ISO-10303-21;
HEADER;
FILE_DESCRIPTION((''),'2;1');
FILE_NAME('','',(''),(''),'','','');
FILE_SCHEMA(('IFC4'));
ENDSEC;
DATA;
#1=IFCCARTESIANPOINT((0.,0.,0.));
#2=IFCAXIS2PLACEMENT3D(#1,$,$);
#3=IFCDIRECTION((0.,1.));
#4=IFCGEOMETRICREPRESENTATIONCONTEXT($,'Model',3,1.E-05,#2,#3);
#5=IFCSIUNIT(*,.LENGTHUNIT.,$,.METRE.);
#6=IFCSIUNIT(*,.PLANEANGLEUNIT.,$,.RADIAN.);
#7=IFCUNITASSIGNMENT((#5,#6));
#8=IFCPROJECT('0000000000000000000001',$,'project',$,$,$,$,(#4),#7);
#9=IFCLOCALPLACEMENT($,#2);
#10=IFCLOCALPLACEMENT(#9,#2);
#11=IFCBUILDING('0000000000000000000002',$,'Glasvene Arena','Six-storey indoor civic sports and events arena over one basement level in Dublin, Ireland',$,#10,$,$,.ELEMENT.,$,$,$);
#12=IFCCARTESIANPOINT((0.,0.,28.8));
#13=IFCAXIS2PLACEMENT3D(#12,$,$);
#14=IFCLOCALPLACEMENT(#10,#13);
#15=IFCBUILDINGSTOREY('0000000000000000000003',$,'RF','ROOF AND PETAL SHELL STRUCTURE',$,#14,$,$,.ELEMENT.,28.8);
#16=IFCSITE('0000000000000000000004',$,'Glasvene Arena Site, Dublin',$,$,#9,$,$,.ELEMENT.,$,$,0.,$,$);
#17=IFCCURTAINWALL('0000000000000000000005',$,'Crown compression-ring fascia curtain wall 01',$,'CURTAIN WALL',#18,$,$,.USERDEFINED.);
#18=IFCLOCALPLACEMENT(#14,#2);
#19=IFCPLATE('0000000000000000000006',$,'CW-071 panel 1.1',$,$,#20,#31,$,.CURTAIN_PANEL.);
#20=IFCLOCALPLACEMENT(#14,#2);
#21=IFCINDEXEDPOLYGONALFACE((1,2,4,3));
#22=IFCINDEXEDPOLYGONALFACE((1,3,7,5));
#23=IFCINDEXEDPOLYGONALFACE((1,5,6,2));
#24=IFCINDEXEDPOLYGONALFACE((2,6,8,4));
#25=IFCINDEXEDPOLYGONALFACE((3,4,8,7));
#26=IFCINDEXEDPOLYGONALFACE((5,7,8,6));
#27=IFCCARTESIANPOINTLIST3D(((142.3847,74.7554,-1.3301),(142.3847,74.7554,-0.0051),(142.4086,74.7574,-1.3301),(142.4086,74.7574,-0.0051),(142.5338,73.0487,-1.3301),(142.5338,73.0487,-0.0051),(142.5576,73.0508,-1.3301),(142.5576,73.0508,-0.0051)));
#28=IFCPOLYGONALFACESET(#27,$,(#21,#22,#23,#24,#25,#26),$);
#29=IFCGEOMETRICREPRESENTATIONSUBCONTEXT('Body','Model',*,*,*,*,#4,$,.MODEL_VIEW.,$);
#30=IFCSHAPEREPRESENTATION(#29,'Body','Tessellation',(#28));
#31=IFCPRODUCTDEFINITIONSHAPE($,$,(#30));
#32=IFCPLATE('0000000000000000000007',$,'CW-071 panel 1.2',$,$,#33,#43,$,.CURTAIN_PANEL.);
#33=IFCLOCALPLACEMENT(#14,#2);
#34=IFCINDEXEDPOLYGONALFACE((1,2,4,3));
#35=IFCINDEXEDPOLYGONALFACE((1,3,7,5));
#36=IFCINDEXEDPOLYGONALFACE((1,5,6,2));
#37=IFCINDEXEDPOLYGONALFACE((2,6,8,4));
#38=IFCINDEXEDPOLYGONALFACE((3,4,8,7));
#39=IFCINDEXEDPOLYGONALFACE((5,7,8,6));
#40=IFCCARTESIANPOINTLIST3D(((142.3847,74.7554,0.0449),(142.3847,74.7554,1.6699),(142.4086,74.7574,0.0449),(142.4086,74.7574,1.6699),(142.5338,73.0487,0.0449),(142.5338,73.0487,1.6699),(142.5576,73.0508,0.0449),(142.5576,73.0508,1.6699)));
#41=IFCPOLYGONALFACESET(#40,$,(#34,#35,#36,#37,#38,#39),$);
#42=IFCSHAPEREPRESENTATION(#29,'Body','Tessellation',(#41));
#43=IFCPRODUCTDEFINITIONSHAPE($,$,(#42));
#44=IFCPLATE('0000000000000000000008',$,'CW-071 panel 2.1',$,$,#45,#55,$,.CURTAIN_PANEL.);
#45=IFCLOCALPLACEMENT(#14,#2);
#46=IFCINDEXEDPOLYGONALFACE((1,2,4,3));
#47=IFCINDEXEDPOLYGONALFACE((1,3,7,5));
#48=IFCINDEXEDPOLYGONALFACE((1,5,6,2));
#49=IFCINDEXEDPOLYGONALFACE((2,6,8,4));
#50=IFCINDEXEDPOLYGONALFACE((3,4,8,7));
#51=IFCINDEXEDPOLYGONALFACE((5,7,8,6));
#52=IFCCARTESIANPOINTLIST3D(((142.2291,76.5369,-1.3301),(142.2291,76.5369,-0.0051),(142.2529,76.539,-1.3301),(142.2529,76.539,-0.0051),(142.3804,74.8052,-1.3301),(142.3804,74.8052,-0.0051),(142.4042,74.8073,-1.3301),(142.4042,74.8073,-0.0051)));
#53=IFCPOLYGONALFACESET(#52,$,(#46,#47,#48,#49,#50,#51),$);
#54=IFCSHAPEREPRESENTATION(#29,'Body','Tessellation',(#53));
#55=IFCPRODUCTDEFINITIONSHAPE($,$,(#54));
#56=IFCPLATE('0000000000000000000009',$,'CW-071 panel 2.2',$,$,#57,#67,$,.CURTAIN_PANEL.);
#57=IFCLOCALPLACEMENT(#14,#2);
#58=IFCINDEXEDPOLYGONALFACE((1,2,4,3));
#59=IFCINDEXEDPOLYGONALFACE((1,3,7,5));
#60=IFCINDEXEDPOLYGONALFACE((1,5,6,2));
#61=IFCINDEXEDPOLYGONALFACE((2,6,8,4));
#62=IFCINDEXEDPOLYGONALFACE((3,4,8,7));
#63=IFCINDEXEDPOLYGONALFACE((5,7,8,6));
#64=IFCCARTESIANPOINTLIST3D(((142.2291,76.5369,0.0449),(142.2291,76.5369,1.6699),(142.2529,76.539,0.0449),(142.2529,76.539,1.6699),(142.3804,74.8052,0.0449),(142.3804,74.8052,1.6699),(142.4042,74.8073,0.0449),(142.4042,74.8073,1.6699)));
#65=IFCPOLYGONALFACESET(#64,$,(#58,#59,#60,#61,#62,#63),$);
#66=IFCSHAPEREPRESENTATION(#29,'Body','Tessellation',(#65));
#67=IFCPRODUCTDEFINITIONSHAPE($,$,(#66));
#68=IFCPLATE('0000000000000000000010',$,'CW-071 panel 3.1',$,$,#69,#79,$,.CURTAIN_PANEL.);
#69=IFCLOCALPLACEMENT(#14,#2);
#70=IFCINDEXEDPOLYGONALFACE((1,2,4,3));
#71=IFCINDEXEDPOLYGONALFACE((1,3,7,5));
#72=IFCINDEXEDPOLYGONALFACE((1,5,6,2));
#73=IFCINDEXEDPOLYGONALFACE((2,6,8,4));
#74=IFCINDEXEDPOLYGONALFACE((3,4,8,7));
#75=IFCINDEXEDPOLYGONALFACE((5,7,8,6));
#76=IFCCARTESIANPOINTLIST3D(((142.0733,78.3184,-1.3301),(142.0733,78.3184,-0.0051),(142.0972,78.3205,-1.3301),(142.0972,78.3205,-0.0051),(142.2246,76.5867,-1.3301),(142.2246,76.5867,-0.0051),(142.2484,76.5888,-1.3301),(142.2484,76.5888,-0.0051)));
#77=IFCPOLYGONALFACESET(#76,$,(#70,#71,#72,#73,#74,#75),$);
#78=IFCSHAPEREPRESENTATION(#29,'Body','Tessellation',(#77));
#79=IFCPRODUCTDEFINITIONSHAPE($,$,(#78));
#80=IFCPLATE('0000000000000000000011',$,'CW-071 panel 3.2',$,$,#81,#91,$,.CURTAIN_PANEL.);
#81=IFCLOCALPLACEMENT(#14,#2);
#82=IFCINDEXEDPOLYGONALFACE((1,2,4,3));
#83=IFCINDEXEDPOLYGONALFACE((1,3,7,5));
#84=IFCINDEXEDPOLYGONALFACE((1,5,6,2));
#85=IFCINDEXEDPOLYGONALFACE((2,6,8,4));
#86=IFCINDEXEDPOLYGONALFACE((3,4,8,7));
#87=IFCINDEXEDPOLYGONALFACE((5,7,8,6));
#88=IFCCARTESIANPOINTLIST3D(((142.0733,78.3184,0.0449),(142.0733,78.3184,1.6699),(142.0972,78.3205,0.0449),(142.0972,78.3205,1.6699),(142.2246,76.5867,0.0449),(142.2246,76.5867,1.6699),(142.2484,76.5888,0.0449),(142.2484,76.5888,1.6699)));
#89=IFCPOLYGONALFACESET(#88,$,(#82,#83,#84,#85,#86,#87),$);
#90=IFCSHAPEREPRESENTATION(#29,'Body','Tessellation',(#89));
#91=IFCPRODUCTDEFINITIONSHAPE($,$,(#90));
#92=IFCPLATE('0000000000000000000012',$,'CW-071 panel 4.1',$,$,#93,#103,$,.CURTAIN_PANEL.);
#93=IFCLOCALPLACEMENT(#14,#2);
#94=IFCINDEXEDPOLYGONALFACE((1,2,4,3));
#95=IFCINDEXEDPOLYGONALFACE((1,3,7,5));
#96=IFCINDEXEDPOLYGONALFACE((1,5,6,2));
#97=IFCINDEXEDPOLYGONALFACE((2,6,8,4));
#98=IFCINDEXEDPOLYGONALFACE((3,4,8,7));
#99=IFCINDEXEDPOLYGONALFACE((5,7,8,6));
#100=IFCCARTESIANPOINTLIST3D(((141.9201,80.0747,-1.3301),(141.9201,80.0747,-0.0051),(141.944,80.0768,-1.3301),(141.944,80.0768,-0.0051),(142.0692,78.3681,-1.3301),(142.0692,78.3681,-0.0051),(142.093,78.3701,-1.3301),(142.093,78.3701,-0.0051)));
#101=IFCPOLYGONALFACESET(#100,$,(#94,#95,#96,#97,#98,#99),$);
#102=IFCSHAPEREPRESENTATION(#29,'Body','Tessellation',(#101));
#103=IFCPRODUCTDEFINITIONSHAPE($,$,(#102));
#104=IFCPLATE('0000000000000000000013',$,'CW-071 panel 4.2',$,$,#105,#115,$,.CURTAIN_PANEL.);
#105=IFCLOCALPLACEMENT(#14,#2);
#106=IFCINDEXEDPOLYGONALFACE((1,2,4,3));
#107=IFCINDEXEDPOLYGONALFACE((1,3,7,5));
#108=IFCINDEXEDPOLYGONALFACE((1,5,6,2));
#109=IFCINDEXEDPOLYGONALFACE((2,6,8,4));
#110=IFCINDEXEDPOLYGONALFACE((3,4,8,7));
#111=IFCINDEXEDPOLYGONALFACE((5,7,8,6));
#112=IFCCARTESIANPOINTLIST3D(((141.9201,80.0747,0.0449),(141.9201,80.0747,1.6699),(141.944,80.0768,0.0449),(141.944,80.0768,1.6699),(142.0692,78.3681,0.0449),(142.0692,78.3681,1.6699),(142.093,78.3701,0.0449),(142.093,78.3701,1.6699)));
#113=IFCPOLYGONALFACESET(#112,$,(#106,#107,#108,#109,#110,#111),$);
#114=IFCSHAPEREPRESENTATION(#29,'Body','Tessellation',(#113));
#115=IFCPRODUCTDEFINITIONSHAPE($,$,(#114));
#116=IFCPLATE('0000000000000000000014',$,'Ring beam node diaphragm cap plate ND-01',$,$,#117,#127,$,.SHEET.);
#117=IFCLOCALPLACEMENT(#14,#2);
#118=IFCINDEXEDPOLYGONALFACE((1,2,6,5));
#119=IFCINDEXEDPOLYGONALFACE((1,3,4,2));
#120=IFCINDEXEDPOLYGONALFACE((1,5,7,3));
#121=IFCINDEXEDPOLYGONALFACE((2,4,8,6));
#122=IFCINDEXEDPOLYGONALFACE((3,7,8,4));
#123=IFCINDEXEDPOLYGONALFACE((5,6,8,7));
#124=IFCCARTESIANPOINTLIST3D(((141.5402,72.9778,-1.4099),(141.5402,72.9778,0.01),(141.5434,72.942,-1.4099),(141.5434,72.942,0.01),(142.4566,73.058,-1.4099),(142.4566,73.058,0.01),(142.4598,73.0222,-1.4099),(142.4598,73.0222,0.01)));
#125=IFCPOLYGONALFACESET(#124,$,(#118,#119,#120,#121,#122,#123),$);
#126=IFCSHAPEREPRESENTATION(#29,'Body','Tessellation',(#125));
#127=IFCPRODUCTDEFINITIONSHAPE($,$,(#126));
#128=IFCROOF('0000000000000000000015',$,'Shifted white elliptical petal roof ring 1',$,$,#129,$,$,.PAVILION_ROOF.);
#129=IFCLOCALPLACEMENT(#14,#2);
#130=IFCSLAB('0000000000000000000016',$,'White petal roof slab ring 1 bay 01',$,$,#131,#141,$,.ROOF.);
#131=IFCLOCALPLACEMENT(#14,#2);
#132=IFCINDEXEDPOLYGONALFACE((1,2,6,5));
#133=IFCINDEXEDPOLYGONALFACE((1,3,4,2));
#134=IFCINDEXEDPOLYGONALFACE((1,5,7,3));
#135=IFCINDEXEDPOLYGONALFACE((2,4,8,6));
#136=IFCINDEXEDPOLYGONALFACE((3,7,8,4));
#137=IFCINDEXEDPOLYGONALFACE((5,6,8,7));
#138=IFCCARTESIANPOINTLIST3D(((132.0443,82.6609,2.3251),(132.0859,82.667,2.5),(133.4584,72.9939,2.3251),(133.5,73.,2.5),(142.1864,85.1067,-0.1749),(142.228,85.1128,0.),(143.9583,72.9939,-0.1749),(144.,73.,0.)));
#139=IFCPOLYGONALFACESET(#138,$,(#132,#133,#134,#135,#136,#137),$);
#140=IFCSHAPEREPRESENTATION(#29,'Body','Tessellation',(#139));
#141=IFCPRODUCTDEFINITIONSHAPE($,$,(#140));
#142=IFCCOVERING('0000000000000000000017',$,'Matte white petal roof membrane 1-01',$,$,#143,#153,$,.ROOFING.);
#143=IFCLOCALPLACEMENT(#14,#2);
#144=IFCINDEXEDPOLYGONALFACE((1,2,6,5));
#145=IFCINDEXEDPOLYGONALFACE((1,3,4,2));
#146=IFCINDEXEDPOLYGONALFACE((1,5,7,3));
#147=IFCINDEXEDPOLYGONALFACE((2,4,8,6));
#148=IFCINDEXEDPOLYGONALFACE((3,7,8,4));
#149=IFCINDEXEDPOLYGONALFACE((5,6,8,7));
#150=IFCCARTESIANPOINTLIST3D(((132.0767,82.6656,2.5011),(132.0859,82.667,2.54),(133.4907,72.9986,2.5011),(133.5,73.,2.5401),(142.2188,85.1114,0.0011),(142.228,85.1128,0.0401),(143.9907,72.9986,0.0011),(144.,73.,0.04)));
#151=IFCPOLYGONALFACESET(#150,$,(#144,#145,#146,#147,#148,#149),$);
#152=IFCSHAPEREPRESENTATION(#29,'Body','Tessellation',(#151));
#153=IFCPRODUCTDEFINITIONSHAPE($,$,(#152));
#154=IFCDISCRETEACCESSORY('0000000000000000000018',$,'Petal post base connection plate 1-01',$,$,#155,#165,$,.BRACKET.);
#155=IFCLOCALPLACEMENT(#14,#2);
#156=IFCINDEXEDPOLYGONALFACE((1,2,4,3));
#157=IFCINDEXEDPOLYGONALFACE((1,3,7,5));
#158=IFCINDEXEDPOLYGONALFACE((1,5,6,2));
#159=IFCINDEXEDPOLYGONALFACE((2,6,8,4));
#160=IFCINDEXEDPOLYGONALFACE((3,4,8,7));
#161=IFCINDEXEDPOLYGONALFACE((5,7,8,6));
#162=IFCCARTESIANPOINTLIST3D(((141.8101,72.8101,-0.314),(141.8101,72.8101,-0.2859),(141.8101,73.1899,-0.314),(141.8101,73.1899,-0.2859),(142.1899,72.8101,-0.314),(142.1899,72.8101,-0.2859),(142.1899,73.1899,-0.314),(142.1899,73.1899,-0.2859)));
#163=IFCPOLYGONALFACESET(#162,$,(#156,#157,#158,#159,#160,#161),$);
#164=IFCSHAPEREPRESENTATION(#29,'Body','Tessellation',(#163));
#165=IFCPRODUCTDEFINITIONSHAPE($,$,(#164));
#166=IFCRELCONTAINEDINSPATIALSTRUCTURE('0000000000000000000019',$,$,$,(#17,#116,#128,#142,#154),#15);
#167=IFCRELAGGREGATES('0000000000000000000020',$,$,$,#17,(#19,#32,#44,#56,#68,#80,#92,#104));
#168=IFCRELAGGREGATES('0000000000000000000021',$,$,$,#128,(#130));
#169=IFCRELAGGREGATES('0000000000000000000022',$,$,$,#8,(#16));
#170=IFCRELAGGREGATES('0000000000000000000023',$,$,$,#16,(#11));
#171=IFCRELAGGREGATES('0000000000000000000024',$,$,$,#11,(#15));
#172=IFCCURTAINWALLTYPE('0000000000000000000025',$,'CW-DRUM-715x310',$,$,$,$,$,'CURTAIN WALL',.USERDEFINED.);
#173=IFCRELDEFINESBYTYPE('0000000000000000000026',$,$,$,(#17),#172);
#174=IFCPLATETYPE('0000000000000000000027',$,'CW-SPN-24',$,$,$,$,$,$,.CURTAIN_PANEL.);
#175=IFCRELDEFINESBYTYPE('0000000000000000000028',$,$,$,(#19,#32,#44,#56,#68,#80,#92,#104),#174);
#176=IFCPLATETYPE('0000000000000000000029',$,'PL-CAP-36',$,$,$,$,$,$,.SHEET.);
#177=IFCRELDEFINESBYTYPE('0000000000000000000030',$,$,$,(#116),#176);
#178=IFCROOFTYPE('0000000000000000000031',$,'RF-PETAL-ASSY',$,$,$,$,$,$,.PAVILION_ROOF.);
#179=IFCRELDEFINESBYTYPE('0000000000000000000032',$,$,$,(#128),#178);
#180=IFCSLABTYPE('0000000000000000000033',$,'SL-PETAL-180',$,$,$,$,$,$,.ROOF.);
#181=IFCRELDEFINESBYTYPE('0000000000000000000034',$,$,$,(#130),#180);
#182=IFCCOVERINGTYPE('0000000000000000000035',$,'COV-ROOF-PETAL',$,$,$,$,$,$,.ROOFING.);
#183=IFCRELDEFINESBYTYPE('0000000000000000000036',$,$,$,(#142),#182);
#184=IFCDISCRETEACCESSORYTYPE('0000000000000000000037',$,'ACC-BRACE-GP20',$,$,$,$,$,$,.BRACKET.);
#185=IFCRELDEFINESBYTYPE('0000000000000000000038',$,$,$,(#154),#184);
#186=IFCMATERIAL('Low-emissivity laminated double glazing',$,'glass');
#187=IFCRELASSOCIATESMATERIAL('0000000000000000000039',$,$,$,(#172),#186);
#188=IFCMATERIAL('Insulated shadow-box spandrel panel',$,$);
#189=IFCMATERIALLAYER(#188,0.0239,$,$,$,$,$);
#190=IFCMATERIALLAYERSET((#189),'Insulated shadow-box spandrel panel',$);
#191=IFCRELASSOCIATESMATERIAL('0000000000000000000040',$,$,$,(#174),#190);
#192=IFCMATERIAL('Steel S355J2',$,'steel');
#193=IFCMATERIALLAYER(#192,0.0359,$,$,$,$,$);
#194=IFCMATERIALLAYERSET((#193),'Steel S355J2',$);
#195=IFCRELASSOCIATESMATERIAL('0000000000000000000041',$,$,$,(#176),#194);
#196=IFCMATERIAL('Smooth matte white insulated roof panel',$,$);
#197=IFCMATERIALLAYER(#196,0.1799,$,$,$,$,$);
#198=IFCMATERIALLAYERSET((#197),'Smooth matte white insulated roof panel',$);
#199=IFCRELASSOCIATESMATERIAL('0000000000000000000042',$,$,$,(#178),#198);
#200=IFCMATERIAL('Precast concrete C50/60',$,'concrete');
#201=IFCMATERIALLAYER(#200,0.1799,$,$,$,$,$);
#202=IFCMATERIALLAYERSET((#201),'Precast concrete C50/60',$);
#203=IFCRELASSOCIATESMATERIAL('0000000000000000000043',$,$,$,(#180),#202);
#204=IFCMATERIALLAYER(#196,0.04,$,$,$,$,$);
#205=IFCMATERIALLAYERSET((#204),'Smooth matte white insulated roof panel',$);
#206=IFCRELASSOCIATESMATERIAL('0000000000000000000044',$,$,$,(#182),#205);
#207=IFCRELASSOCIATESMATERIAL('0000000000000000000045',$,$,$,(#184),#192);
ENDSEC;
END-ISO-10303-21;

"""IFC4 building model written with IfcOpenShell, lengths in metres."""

from ifc_helpers import new_model, si_unit, direction, frame, origin, origin_2d, place, context, subcontext, project, spatial, polyline, rectangle, outline, extrude, material, layer, layer_set, type_object, element, aggregate, save


model = new_model("IFC4")

# Units and contexts
model_context = context("Model", 3, precision=1e-05, world=origin(), true_north=direction((0.0, 1.0)))
body_context = subcontext(model_context, "Body", "Model", "MODEL_VIEW")
ifc_project = project(units=[si_unit("LENGTHUNIT", "METRE"), si_unit("PLANEANGLEUNIT", "RADIAN")], contexts=[model_context])

# Site, building, storey
site_placement = place(None, origin())
site = spatial("IfcSite", under=ifc_project, at=site_placement, Name="Glasvene Arena Site, Dublin", CompositionType="ELEMENT", RefElevation=0.0)
building_placement = place(site_placement, origin())
building = spatial("IfcBuilding", under=site, at=building_placement, Name="Glasvene Arena", Description="Six-storey indoor civic sports and events arena over one basement level in Dublin, Ireland", CompositionType="ELEMENT")
storey_placement = place(building_placement, frame((0.0, 0.0, 28.8)))
storey = spatial("IfcBuildingStorey", under=building, at=storey_placement, Name="RF", Description="ROOF AND PETAL SHELL STRUCTURE", CompositionType="ELEMENT", Elevation=28.8)

# Shared definitions
ifc_material_1 = material(Name="Steel S355J2", Category="steel")

# Curtain wall
ifc_material_2 = material(Name="Low-emissivity laminated double glazing", Category="glass")
curtain_wall_type_1 = type_object("IfcCurtainWallType", Name="CW-DRUM-715x310", ElementType="CURTAIN WALL", PredefinedType="USERDEFINED", material=ifc_material_2)
curtain_wall_1_placement = place(storey_placement, frame((142.55, 73.0, 0.0)))
curtain_wall_1 = element("IfcCurtainWall", 1, at=curtain_wall_1_placement, inside=storey, type_object=curtain_wall_type_1, Name="Crown compression-ring fascia curtain wall 01", ObjectType="CURTAIN WALL", PredefinedType="USERDEFINED")

# Plates
ifc_material_3 = material(Name="Insulated shadow-box spandrel panel")
ifc_layer_1 = layer(ifc_material_3, 0.0239)
ifc_layer_set_1 = layer_set([ifc_layer_1], Name="Insulated shadow-box spandrel panel")
plate_type_1 = type_object("IfcPlateType", Name="CW-SPN-24", PredefinedType="CURTAIN_PANEL", material=ifc_layer_set_1)
plate_1_placement = place(storey_placement, frame((142.4712, 73.9031, -1.3301), z_axis=(0.0, 0.0, 1.0), x_axis=(-0.087016, 0.996207, 0.0)))
plate_1 = element("IfcPlate", 2, at=plate_1_placement, type_object=plate_type_1, Name="CW-071 panel 1.1", PredefinedType="CURTAIN_PANEL", context=body_context, shape_type="SweptSolid", body=[
    extrude(rectangle(XDim=1.7131, YDim=0.0239, at=origin_2d()), origin(), (0.0, 0.0, 1.0), 1.325),
])
plate_2_placement = place(storey_placement, frame((142.4712, 73.9031, 0.0449), z_axis=(0.0, 0.0, 1.0), x_axis=(-0.087016, 0.996207, 0.0)))
plate_2 = element("IfcPlate", 3, at=plate_2_placement, type_object=plate_type_1, Name="CW-071 panel 1.2", PredefinedType="CURTAIN_PANEL", context=body_context, shape_type="SweptSolid", body=[
    extrude(rectangle(XDim=1.7131, YDim=0.0239, at=origin_2d()), origin(), (0.0, 0.0, 1.0), 1.625),
])
plate_3_placement = place(storey_placement, frame((142.3167, 75.6721, -1.3301), z_axis=(0.0, 0.0, 1.0), x_axis=(-0.087016, 0.996207, 0.0)))
plate_3 = element("IfcPlate", 4, at=plate_3_placement, type_object=plate_type_1, Name="CW-071 panel 2.1", PredefinedType="CURTAIN_PANEL", context=body_context, shape_type="SweptSolid", body=[
    extrude(rectangle(XDim=1.7383, YDim=0.0239, at=origin_2d()), origin(), (0.0, 0.0, 1.0), 1.325),
])
plate_4_placement = place(storey_placement, frame((142.3167, 75.6721, 0.0449), z_axis=(0.0, 0.0, 1.0), x_axis=(-0.087016, 0.996207, 0.0)))
plate_4 = element("IfcPlate", 5, at=plate_4_placement, type_object=plate_type_1, Name="CW-071 panel 2.2", PredefinedType="CURTAIN_PANEL", context=body_context, shape_type="SweptSolid", body=[
    extrude(rectangle(XDim=1.7383, YDim=0.0239, at=origin_2d()), origin(), (0.0, 0.0, 1.0), 1.625),
])
plate_5_placement = place(storey_placement, frame((142.1609, 77.4536, -1.3301), z_axis=(0.0, 0.0, 1.0), x_axis=(-0.087016, 0.996207, 0.0)))
plate_5 = element("IfcPlate", 6, at=plate_5_placement, type_object=plate_type_1, Name="CW-071 panel 3.1", PredefinedType="CURTAIN_PANEL", context=body_context, shape_type="SweptSolid", body=[
    extrude(rectangle(XDim=1.7383, YDim=0.0239, at=origin_2d()), origin(), (0.0, 0.0, 1.0), 1.325),
])
plate_6_placement = place(storey_placement, frame((142.1609, 77.4536, 0.0449), z_axis=(0.0, 0.0, 1.0), x_axis=(-0.087016, 0.996207, 0.0)))
plate_6 = element("IfcPlate", 7, at=plate_6_placement, type_object=plate_type_1, Name="CW-071 panel 3.2", PredefinedType="CURTAIN_PANEL", context=body_context, shape_type="SweptSolid", body=[
    extrude(rectangle(XDim=1.7383, YDim=0.0239, at=origin_2d()), origin(), (0.0, 0.0, 1.0), 1.625),
])
plate_7_placement = place(storey_placement, frame((142.0066, 79.2224, -1.3301), z_axis=(0.0, 0.0, 1.0), x_axis=(-0.087016, 0.996207, 0.0)))
plate_7 = element("IfcPlate", 8, at=plate_7_placement, type_object=plate_type_1, Name="CW-071 panel 4.1", PredefinedType="CURTAIN_PANEL", context=body_context, shape_type="SweptSolid", body=[
    extrude(rectangle(XDim=1.7131, YDim=0.0239, at=origin_2d()), origin(), (0.0, 0.0, 1.0), 1.325),
])
plate_8_placement = place(storey_placement, frame((142.0066, 79.2224, 0.0449), z_axis=(0.0, 0.0, 1.0), x_axis=(-0.087016, 0.996207, 0.0)))
plate_8 = element("IfcPlate", 9, at=plate_8_placement, type_object=plate_type_1, Name="CW-071 panel 4.2", PredefinedType="CURTAIN_PANEL", context=body_context, shape_type="SweptSolid", body=[
    extrude(rectangle(XDim=1.7131, YDim=0.0239, at=origin_2d()), origin(), (0.0, 0.0, 1.0), 1.625),
])
aggregate(curtain_wall_1, [plate_1, plate_2, plate_3, plate_4, plate_5, plate_6, plate_7, plate_8])
ifc_layer_2 = layer(ifc_material_1, 0.0359)
ifc_layer_set_2 = layer_set([ifc_layer_2], Name="Steel S355J2")
plate_type_2 = type_object("IfcPlateType", Name="PL-CAP-36", PredefinedType="SHEET", material=ifc_layer_set_2)
plate_9_placement = place(storey_placement, frame((142.0, 73.0, -1.4099), z_axis=(0.0, 0.0, 1.0), x_axis=(-0.087156, 0.996195, 0.0)))
element("IfcPlate", 10, at=plate_9_placement, inside=storey, type_object=plate_type_2, Name="Ring beam node diaphragm cap plate ND-01", PredefinedType="SHEET", context=body_context, shape_type="SweptSolid", body=[
    extrude(rectangle(XDim=0.0359, YDim=0.9199, at=origin_2d()), origin(), (0.0, 0.0, 1.0), 1.4199),
])

# Roof, slab
ifc_material_4 = material(Name="Smooth matte white insulated roof panel")
ifc_layer_3 = layer(ifc_material_4, 0.1799)
ifc_layer_set_3 = layer_set([ifc_layer_3], Name="Smooth matte white insulated roof panel")
roof_type = type_object("IfcRoofType", Name="RF-PETAL-ASSY", PredefinedType="PAVILION_ROOF", material=ifc_layer_set_3)
roof_placement = place(storey_placement, frame((92.0, 73.0, 0.0)))
roof = element("IfcRoof", 11, at=roof_placement, inside=storey, type_object=roof_type, Name="Shifted white elliptical petal roof ring 1", PredefinedType="PAVILION_ROOF")
ifc_material_5 = material(Name="Precast concrete C50/60", Category="concrete")
ifc_layer_4 = layer(ifc_material_5, 0.1799)
ifc_layer_set_4 = layer_set([ifc_layer_4], Name="Precast concrete C50/60")
slab_type = type_object("IfcSlabType", Name="SL-PETAL-180", PredefinedType="ROOF", material=ifc_layer_set_4)
slab_placement = place(storey_placement, frame((144.0, 73.0, 0.0), z_axis=(0.231489, 0.033863, 0.972248), x_axis=(-0.144748, 0.989468, 0.000001)))
slab = element("IfcSlab", 12, at=slab_placement, type_object=slab_type, Name="White petal roof slab ring 1 bay 01", PredefinedType="ROOF", context=body_context, shape_type="SweptSolid", body=[
    extrude(outline(polyline([(0.0, 0.0), (12.2417, 0.0), (11.2897, 10.6859), (1.5199, 10.686), (0.0, 0.0)])), origin(), (0.0, 0.0, -1.0), 0.1799),
])
aggregate(roof, [slab])

# Covering
ifc_layer_5 = layer(ifc_material_4, 0.04)
ifc_layer_set_5 = layer_set([ifc_layer_5], Name="Smooth matte white insulated roof panel")
covering_type = type_object("IfcCoveringType", Name="COV-ROOF-PETAL", PredefinedType="ROOFING", material=ifc_layer_set_5)
covering_placement = place(storey_placement, frame((144.0, 73.0, 0.04), z_axis=(0.231489, 0.033863, 0.972248), x_axis=(-0.144748, 0.989468, 0.000001)))
element("IfcCovering", 13, at=covering_placement, inside=storey, type_object=covering_type, Name="Matte white petal roof membrane 1-01", PredefinedType="ROOFING", context=body_context, shape_type="SweptSolid", body=[
    extrude(outline(polyline([(0.0, 0.0), (12.2417, 0.0), (11.2897, 10.6859), (1.5199, 10.686), (0.0, 0.0)])), origin(), (0.0, 0.0, -1.0), 0.04),
])

# Discrete accessory
discrete_accessory_type = type_object("IfcDiscreteAccessoryType", Name="ACC-BRACE-GP20", PredefinedType="BRACKET", material=ifc_material_1)
discrete_accessory_placement = place(storey_placement, frame((142.0, 73.0, -0.314), z_axis=(0.0, 0.0, 1.0), x_axis=(1.0, 0.0, 0.0)))
element("IfcDiscreteAccessory", 14, at=discrete_accessory_placement, inside=storey, type_object=discrete_accessory_type, Name="Petal post base connection plate 1-01", PredefinedType="BRACKET", context=body_context, shape_type="SweptSolid", body=[
    extrude(rectangle(XDim=0.3799, YDim=0.3799, at=origin_2d()), origin(), (0.0, 0.0, 1.0), 0.0281),
])

save(model, "model.ifc")
